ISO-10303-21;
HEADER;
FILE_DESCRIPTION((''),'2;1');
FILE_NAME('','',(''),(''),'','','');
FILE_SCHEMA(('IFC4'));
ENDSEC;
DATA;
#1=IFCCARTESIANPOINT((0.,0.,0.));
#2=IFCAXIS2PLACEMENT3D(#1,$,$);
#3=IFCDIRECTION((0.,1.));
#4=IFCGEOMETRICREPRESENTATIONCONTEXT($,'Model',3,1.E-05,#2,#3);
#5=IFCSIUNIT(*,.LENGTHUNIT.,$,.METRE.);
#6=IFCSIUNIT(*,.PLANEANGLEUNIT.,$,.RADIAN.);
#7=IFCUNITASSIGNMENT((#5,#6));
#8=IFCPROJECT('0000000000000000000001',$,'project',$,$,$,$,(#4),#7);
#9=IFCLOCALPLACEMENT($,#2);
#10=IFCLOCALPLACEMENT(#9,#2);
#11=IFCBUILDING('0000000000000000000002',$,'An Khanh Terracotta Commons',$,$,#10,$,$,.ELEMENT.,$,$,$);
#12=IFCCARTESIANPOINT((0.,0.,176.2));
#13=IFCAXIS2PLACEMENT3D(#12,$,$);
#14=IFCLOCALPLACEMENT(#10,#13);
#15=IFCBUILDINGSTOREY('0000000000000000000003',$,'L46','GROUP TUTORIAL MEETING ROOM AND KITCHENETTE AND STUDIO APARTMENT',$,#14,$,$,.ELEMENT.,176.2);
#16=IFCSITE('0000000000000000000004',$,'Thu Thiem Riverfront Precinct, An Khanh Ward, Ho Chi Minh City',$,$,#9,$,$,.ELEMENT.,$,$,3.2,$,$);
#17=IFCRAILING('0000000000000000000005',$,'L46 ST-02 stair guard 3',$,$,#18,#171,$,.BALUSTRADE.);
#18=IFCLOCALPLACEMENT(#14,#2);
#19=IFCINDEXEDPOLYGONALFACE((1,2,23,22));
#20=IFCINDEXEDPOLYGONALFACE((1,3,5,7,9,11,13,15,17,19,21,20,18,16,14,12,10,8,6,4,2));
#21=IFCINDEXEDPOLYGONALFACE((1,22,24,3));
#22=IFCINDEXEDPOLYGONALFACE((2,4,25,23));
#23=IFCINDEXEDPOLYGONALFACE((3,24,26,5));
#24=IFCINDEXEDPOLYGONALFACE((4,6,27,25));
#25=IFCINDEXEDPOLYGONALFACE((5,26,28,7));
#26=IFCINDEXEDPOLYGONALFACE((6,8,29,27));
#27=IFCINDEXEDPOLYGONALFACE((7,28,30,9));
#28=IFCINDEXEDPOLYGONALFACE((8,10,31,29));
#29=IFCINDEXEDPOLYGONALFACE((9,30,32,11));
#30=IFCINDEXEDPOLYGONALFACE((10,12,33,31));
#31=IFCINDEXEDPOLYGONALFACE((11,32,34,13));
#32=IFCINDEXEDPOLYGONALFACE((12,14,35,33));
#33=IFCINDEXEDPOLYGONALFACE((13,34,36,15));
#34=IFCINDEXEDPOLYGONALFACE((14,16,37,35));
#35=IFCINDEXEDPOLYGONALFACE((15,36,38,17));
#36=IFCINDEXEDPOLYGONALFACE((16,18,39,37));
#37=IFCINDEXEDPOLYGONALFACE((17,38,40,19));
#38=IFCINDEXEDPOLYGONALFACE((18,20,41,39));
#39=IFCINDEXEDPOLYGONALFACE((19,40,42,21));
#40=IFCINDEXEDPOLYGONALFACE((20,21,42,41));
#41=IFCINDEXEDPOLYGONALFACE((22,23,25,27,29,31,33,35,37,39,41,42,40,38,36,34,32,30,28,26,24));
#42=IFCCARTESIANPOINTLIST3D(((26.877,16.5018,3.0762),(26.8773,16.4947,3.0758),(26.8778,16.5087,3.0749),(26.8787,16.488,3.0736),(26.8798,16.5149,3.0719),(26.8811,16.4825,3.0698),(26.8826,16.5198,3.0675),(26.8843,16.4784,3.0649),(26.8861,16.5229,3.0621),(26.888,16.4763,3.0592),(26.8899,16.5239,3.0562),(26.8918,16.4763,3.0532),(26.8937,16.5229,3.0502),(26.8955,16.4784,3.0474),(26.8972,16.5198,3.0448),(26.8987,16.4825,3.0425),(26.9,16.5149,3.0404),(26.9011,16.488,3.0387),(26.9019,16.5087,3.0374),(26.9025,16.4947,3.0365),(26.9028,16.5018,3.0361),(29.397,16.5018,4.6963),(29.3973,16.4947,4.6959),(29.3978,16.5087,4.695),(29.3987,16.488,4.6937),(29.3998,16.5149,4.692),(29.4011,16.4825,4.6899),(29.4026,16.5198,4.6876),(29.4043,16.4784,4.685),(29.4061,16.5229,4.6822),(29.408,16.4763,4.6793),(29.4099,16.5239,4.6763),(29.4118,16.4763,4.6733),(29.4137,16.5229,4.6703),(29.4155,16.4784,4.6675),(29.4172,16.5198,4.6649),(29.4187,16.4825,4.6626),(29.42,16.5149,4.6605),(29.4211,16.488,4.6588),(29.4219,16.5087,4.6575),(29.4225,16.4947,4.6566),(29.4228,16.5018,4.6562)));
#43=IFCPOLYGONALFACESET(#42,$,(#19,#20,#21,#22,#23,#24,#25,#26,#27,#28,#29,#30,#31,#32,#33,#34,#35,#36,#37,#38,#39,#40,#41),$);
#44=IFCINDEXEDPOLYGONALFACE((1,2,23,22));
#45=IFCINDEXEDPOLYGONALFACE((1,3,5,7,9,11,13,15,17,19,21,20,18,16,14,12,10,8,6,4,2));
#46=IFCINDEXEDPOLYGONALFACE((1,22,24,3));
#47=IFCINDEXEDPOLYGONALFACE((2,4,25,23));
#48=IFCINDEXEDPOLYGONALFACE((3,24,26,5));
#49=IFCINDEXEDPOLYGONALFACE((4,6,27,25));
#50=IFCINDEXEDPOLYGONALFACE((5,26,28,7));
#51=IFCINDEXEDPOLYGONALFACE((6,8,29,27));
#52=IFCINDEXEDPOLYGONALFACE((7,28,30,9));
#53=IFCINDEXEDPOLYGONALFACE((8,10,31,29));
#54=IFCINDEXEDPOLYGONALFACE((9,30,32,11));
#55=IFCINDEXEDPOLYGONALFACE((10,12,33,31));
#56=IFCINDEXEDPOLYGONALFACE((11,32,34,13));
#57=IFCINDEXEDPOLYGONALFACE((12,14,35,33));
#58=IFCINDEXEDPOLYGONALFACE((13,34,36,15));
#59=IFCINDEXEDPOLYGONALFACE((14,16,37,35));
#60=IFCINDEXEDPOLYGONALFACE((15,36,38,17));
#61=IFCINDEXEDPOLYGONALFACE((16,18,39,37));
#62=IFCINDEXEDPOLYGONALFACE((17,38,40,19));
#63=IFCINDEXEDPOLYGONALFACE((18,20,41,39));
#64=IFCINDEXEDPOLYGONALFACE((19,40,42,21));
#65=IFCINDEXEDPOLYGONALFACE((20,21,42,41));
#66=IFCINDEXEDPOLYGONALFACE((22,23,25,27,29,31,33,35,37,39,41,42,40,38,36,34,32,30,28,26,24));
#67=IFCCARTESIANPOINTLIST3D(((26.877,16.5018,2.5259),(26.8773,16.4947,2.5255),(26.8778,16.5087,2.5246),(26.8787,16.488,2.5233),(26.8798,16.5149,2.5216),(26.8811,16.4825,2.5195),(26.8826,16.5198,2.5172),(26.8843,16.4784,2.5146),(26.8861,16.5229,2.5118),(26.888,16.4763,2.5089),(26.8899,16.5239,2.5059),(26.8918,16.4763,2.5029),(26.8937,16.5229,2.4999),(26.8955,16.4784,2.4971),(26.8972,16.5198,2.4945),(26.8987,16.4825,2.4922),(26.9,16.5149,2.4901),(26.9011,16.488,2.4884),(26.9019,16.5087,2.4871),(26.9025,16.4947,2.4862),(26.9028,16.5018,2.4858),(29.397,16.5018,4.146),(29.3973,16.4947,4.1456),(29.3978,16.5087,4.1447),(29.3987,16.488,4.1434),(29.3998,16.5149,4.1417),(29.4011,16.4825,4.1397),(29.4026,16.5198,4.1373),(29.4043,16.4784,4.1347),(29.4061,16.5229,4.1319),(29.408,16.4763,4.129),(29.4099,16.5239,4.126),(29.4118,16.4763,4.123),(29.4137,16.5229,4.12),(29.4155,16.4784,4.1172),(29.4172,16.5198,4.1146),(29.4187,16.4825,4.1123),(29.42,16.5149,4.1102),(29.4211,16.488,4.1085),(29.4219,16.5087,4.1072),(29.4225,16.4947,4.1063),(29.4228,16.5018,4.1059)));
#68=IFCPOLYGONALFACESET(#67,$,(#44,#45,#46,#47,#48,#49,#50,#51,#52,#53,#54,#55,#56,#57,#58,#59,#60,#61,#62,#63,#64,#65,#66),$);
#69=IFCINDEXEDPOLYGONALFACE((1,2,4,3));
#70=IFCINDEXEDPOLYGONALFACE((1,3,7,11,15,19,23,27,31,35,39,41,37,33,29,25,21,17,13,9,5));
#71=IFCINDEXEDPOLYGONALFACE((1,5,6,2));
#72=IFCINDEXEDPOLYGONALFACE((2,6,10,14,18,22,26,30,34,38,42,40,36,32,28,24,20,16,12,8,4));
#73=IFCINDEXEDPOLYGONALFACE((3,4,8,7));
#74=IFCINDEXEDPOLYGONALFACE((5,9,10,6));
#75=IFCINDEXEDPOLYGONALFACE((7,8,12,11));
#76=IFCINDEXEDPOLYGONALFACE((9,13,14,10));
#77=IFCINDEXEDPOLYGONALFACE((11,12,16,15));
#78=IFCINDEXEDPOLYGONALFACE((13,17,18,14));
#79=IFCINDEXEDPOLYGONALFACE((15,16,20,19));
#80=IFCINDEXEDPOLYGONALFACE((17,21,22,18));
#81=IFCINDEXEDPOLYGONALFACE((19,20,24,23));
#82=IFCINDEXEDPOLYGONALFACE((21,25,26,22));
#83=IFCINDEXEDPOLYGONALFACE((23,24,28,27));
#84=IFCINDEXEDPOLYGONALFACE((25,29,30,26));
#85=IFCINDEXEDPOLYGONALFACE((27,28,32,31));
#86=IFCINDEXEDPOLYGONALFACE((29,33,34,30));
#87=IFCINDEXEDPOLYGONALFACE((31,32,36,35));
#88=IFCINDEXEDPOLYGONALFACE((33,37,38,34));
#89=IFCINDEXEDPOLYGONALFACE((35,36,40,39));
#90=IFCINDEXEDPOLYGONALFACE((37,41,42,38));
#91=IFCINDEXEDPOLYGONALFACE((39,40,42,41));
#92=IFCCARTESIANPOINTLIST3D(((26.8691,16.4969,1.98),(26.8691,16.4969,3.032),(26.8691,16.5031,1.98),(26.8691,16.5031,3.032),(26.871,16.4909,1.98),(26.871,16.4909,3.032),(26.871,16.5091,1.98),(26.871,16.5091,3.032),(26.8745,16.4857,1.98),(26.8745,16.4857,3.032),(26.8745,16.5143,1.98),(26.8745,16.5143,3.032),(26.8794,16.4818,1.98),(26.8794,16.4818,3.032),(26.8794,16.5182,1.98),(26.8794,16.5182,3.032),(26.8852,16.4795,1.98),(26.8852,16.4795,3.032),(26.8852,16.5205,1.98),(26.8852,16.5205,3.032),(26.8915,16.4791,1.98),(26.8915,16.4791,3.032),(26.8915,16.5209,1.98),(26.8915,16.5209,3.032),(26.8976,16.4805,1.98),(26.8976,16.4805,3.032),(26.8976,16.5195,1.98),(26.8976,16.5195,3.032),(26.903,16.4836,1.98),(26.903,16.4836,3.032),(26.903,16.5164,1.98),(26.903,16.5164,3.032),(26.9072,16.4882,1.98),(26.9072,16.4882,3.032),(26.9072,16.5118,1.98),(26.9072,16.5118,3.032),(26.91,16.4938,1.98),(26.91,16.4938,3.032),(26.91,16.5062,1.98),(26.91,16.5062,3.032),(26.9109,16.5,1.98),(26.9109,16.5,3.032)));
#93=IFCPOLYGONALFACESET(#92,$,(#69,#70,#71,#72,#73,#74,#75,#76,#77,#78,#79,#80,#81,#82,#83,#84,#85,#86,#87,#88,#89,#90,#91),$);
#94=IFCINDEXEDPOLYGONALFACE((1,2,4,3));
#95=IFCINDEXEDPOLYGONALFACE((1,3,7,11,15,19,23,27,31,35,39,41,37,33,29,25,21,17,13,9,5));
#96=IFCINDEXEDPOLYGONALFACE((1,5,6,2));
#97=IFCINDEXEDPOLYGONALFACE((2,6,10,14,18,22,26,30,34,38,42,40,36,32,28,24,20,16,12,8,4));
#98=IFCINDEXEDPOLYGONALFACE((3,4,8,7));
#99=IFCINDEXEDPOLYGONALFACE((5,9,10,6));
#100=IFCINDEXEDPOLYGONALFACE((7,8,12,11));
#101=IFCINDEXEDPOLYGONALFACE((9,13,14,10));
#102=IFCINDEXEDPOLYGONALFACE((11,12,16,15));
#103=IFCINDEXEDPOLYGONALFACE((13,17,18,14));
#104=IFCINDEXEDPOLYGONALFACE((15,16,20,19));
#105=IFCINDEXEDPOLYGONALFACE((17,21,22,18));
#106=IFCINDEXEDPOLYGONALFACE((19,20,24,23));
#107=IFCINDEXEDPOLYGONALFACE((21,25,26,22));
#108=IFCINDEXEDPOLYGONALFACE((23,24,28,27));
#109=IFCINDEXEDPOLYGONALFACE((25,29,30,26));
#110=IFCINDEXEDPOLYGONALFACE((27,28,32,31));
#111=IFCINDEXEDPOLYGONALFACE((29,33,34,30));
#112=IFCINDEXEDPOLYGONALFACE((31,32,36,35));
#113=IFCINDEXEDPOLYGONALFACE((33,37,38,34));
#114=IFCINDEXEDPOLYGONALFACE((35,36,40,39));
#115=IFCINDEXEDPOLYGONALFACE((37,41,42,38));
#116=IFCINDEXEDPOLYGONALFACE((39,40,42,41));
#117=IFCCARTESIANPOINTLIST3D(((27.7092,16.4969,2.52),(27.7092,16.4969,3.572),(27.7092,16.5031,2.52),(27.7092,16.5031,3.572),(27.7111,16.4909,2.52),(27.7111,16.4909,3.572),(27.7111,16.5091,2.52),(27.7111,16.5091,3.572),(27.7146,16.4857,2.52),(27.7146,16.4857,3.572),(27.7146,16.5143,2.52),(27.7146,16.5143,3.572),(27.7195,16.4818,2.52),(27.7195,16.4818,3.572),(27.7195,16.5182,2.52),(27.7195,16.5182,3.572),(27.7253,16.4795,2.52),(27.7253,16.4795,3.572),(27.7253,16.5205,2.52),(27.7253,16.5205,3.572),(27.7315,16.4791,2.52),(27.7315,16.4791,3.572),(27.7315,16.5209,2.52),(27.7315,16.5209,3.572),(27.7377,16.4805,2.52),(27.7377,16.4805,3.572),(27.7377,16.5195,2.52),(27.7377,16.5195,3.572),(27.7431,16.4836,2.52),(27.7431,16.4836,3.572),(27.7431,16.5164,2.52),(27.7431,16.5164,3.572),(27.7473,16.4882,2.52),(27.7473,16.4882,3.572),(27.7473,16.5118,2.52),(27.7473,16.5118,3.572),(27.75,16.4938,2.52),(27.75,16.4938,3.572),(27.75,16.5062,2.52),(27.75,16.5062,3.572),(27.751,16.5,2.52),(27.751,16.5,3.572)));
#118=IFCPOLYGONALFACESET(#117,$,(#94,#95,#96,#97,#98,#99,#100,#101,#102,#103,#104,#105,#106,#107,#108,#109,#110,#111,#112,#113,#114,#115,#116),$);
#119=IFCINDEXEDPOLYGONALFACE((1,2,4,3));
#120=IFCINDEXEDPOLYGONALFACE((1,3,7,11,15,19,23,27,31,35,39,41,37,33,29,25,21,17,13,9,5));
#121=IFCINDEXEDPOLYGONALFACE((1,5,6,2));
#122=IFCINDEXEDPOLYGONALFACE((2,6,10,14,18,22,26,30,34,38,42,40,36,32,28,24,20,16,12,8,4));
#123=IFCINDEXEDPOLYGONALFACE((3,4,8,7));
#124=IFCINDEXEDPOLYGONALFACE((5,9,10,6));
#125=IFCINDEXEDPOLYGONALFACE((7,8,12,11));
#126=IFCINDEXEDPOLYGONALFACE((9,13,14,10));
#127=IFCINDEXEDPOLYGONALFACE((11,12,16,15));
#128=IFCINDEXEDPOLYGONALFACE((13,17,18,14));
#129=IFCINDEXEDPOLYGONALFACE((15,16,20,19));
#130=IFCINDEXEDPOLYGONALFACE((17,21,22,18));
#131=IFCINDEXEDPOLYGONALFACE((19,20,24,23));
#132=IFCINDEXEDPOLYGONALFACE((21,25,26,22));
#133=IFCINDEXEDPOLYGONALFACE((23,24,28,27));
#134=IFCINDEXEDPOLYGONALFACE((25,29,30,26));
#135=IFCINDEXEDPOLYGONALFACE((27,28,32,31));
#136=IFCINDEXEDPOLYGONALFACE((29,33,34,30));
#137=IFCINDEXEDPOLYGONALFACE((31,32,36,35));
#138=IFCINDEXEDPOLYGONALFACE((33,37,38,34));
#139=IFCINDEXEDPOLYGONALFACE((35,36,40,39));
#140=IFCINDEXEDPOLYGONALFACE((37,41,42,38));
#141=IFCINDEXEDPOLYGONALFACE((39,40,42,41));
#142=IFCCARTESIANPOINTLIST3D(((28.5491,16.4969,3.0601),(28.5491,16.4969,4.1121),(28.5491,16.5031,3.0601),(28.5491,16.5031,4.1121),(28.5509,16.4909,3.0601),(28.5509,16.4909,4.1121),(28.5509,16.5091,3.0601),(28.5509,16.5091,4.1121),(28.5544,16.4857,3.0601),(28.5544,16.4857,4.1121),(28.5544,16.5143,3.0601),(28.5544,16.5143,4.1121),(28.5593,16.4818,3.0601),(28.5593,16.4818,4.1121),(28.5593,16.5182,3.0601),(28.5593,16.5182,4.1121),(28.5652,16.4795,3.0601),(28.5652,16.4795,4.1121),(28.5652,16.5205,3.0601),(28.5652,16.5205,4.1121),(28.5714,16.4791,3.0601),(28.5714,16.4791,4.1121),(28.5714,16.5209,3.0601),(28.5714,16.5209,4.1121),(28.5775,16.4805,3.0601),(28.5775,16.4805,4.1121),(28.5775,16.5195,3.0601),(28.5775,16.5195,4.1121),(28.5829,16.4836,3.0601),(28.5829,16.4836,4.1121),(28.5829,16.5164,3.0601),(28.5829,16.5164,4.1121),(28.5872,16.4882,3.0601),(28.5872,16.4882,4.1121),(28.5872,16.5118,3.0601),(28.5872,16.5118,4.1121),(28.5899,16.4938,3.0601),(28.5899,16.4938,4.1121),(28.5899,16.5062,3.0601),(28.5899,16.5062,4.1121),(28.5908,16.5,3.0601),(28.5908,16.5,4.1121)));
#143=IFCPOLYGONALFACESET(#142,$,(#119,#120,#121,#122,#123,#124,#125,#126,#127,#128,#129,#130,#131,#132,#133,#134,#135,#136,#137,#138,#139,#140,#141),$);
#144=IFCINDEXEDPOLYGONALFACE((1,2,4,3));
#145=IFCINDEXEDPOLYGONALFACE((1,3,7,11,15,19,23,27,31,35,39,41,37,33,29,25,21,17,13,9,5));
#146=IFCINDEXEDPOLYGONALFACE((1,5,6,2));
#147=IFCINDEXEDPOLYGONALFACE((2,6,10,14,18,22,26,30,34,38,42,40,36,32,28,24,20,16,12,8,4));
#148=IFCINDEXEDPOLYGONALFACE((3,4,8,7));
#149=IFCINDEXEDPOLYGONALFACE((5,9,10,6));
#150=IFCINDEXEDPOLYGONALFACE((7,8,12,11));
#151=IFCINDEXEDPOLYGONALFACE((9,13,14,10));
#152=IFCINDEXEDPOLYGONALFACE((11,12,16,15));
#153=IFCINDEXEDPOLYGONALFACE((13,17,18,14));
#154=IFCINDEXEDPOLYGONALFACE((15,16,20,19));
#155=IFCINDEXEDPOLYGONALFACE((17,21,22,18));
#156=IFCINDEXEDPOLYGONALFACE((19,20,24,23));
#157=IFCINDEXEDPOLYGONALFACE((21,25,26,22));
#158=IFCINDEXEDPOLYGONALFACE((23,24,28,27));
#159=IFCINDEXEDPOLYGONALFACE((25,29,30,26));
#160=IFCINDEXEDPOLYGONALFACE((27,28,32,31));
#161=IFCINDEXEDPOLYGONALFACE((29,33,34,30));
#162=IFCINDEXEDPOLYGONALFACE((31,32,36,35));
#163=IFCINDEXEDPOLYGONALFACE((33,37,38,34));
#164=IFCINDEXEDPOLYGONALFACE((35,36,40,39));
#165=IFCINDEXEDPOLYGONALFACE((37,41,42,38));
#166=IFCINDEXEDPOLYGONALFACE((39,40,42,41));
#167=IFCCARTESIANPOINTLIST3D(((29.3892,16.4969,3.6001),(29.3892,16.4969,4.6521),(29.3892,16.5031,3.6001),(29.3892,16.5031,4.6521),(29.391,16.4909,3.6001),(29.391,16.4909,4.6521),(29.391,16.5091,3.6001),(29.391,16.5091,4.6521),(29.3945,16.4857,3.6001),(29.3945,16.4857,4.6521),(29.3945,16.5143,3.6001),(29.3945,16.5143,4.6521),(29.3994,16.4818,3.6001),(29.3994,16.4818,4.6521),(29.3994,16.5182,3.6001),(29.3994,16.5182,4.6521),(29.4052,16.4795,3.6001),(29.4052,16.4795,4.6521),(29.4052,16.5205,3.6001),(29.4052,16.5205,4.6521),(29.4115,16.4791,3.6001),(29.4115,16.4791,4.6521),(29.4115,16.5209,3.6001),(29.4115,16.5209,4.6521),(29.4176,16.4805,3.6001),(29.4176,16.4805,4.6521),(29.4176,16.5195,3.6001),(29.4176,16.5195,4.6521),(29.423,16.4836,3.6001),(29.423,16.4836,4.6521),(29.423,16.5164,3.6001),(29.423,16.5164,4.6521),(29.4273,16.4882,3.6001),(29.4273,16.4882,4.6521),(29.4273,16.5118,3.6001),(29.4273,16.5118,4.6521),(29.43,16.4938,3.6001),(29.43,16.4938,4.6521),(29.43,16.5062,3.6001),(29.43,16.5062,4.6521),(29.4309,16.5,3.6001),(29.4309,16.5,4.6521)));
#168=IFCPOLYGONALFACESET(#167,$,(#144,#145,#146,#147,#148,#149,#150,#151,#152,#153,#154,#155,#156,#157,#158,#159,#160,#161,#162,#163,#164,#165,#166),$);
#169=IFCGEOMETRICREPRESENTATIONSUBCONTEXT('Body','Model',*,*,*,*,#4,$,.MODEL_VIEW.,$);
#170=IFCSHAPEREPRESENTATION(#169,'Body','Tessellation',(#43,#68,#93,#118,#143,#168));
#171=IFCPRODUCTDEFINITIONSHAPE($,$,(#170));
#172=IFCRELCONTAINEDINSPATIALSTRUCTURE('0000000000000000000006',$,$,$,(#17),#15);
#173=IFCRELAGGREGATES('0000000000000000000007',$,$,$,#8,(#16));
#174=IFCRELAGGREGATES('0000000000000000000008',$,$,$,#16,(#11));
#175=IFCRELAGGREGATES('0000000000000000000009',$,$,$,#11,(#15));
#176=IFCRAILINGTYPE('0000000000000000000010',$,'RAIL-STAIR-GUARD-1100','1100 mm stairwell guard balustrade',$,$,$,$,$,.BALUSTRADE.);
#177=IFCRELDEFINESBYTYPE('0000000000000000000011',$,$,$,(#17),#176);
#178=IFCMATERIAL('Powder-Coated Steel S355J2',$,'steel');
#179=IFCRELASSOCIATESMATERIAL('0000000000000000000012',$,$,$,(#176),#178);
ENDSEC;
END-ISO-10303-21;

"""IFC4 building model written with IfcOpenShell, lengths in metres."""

from ifc_helpers import new_model, si_unit, direction, frame, origin, origin_2d, place, context, subcontext, project, spatial, circle, extrude, material, type_object, element, save


model = new_model("IFC4")

# Units and contexts
model_context = context("Model", 3, precision=1e-05, world=origin(), true_north=direction((0.0, 1.0)))
body_context = subcontext(model_context, "Body", "Model", "MODEL_VIEW")
ifc_project = project(units=[si_unit("LENGTHUNIT", "METRE"), si_unit("PLANEANGLEUNIT", "RADIAN")], contexts=[model_context])

# Site, building, storey
site_placement = place(None, origin())
site = spatial("IfcSite", under=ifc_project, at=site_placement, Name="Thu Thiem Riverfront Precinct, An Khanh Ward, Ho Chi Minh City", CompositionType="ELEMENT", RefElevation=3.2)
building_placement = place(site_placement, origin())
building = spatial("IfcBuilding", under=site, at=building_placement, Name="An Khanh Terracotta Commons", CompositionType="ELEMENT")
storey_placement = place(building_placement, frame((0.0, 0.0, 176.2)))
storey = spatial("IfcBuildingStorey", under=building, at=storey_placement, Name="L46", Description="GROUP TUTORIAL MEETING ROOM AND KITCHENETTE AND STUDIO APARTMENT", CompositionType="ELEMENT", Elevation=176.2)

# Railing
ifc_material_1 = material(Name="Powder-Coated Steel S355J2", Category="steel")
railing_type_1 = type_object("IfcRailingType", Name="RAIL-STAIR-GUARD-1100", Description="1100 mm stairwell guard balustrade", PredefinedType="BALUSTRADE", material=ifc_material_1)
railing_1_placement = place(storey_placement, frame((26.8899, 16.5, 1.98)))
element("IfcRailing", 1, at=railing_1_placement, inside=storey, type_object=railing_type_1, Name="L46 ST-02 stair guard 3", PredefinedType="BALUSTRADE", context=body_context, shape_type="SweptSolid", body=[
    extrude(circle(Radius=0.0239, at=origin_2d()), frame((0.0, 0.0, 1.0762), z_axis=(0.841163, 0.0, 0.540782), x_axis=(0.0, 1.0, 0.0)), (0.0, 0.0, 1.0), 2.9958),
    extrude(circle(Radius=0.0239, at=origin_2d()), frame((0.0, 0.0, 0.5259), z_axis=(0.841163, 0.0, 0.540782), x_axis=(0.0, 1.0, 0.0)), (0.0, 0.0, 1.0), 2.9958),
    extrude(circle(Radius=0.021, at=origin_2d()), origin(), (0.0, 0.0, 1.0), 1.052),
    extrude(circle(Radius=0.021, at=origin_2d()), frame((0.8401, 0.0, 0.54)), (0.0, 0.0, 1.0), 1.052),
    extrude(circle(Radius=0.021, at=origin_2d()), frame((1.6799, 0.0, 1.0801)), (0.0, 0.0, 1.0), 1.052),
    extrude(circle(Radius=0.021, at=origin_2d()), frame((2.52, 0.0, 1.6201)), (0.0, 0.0, 1.0), 1.052),
])

save(model, "model.ifc")
